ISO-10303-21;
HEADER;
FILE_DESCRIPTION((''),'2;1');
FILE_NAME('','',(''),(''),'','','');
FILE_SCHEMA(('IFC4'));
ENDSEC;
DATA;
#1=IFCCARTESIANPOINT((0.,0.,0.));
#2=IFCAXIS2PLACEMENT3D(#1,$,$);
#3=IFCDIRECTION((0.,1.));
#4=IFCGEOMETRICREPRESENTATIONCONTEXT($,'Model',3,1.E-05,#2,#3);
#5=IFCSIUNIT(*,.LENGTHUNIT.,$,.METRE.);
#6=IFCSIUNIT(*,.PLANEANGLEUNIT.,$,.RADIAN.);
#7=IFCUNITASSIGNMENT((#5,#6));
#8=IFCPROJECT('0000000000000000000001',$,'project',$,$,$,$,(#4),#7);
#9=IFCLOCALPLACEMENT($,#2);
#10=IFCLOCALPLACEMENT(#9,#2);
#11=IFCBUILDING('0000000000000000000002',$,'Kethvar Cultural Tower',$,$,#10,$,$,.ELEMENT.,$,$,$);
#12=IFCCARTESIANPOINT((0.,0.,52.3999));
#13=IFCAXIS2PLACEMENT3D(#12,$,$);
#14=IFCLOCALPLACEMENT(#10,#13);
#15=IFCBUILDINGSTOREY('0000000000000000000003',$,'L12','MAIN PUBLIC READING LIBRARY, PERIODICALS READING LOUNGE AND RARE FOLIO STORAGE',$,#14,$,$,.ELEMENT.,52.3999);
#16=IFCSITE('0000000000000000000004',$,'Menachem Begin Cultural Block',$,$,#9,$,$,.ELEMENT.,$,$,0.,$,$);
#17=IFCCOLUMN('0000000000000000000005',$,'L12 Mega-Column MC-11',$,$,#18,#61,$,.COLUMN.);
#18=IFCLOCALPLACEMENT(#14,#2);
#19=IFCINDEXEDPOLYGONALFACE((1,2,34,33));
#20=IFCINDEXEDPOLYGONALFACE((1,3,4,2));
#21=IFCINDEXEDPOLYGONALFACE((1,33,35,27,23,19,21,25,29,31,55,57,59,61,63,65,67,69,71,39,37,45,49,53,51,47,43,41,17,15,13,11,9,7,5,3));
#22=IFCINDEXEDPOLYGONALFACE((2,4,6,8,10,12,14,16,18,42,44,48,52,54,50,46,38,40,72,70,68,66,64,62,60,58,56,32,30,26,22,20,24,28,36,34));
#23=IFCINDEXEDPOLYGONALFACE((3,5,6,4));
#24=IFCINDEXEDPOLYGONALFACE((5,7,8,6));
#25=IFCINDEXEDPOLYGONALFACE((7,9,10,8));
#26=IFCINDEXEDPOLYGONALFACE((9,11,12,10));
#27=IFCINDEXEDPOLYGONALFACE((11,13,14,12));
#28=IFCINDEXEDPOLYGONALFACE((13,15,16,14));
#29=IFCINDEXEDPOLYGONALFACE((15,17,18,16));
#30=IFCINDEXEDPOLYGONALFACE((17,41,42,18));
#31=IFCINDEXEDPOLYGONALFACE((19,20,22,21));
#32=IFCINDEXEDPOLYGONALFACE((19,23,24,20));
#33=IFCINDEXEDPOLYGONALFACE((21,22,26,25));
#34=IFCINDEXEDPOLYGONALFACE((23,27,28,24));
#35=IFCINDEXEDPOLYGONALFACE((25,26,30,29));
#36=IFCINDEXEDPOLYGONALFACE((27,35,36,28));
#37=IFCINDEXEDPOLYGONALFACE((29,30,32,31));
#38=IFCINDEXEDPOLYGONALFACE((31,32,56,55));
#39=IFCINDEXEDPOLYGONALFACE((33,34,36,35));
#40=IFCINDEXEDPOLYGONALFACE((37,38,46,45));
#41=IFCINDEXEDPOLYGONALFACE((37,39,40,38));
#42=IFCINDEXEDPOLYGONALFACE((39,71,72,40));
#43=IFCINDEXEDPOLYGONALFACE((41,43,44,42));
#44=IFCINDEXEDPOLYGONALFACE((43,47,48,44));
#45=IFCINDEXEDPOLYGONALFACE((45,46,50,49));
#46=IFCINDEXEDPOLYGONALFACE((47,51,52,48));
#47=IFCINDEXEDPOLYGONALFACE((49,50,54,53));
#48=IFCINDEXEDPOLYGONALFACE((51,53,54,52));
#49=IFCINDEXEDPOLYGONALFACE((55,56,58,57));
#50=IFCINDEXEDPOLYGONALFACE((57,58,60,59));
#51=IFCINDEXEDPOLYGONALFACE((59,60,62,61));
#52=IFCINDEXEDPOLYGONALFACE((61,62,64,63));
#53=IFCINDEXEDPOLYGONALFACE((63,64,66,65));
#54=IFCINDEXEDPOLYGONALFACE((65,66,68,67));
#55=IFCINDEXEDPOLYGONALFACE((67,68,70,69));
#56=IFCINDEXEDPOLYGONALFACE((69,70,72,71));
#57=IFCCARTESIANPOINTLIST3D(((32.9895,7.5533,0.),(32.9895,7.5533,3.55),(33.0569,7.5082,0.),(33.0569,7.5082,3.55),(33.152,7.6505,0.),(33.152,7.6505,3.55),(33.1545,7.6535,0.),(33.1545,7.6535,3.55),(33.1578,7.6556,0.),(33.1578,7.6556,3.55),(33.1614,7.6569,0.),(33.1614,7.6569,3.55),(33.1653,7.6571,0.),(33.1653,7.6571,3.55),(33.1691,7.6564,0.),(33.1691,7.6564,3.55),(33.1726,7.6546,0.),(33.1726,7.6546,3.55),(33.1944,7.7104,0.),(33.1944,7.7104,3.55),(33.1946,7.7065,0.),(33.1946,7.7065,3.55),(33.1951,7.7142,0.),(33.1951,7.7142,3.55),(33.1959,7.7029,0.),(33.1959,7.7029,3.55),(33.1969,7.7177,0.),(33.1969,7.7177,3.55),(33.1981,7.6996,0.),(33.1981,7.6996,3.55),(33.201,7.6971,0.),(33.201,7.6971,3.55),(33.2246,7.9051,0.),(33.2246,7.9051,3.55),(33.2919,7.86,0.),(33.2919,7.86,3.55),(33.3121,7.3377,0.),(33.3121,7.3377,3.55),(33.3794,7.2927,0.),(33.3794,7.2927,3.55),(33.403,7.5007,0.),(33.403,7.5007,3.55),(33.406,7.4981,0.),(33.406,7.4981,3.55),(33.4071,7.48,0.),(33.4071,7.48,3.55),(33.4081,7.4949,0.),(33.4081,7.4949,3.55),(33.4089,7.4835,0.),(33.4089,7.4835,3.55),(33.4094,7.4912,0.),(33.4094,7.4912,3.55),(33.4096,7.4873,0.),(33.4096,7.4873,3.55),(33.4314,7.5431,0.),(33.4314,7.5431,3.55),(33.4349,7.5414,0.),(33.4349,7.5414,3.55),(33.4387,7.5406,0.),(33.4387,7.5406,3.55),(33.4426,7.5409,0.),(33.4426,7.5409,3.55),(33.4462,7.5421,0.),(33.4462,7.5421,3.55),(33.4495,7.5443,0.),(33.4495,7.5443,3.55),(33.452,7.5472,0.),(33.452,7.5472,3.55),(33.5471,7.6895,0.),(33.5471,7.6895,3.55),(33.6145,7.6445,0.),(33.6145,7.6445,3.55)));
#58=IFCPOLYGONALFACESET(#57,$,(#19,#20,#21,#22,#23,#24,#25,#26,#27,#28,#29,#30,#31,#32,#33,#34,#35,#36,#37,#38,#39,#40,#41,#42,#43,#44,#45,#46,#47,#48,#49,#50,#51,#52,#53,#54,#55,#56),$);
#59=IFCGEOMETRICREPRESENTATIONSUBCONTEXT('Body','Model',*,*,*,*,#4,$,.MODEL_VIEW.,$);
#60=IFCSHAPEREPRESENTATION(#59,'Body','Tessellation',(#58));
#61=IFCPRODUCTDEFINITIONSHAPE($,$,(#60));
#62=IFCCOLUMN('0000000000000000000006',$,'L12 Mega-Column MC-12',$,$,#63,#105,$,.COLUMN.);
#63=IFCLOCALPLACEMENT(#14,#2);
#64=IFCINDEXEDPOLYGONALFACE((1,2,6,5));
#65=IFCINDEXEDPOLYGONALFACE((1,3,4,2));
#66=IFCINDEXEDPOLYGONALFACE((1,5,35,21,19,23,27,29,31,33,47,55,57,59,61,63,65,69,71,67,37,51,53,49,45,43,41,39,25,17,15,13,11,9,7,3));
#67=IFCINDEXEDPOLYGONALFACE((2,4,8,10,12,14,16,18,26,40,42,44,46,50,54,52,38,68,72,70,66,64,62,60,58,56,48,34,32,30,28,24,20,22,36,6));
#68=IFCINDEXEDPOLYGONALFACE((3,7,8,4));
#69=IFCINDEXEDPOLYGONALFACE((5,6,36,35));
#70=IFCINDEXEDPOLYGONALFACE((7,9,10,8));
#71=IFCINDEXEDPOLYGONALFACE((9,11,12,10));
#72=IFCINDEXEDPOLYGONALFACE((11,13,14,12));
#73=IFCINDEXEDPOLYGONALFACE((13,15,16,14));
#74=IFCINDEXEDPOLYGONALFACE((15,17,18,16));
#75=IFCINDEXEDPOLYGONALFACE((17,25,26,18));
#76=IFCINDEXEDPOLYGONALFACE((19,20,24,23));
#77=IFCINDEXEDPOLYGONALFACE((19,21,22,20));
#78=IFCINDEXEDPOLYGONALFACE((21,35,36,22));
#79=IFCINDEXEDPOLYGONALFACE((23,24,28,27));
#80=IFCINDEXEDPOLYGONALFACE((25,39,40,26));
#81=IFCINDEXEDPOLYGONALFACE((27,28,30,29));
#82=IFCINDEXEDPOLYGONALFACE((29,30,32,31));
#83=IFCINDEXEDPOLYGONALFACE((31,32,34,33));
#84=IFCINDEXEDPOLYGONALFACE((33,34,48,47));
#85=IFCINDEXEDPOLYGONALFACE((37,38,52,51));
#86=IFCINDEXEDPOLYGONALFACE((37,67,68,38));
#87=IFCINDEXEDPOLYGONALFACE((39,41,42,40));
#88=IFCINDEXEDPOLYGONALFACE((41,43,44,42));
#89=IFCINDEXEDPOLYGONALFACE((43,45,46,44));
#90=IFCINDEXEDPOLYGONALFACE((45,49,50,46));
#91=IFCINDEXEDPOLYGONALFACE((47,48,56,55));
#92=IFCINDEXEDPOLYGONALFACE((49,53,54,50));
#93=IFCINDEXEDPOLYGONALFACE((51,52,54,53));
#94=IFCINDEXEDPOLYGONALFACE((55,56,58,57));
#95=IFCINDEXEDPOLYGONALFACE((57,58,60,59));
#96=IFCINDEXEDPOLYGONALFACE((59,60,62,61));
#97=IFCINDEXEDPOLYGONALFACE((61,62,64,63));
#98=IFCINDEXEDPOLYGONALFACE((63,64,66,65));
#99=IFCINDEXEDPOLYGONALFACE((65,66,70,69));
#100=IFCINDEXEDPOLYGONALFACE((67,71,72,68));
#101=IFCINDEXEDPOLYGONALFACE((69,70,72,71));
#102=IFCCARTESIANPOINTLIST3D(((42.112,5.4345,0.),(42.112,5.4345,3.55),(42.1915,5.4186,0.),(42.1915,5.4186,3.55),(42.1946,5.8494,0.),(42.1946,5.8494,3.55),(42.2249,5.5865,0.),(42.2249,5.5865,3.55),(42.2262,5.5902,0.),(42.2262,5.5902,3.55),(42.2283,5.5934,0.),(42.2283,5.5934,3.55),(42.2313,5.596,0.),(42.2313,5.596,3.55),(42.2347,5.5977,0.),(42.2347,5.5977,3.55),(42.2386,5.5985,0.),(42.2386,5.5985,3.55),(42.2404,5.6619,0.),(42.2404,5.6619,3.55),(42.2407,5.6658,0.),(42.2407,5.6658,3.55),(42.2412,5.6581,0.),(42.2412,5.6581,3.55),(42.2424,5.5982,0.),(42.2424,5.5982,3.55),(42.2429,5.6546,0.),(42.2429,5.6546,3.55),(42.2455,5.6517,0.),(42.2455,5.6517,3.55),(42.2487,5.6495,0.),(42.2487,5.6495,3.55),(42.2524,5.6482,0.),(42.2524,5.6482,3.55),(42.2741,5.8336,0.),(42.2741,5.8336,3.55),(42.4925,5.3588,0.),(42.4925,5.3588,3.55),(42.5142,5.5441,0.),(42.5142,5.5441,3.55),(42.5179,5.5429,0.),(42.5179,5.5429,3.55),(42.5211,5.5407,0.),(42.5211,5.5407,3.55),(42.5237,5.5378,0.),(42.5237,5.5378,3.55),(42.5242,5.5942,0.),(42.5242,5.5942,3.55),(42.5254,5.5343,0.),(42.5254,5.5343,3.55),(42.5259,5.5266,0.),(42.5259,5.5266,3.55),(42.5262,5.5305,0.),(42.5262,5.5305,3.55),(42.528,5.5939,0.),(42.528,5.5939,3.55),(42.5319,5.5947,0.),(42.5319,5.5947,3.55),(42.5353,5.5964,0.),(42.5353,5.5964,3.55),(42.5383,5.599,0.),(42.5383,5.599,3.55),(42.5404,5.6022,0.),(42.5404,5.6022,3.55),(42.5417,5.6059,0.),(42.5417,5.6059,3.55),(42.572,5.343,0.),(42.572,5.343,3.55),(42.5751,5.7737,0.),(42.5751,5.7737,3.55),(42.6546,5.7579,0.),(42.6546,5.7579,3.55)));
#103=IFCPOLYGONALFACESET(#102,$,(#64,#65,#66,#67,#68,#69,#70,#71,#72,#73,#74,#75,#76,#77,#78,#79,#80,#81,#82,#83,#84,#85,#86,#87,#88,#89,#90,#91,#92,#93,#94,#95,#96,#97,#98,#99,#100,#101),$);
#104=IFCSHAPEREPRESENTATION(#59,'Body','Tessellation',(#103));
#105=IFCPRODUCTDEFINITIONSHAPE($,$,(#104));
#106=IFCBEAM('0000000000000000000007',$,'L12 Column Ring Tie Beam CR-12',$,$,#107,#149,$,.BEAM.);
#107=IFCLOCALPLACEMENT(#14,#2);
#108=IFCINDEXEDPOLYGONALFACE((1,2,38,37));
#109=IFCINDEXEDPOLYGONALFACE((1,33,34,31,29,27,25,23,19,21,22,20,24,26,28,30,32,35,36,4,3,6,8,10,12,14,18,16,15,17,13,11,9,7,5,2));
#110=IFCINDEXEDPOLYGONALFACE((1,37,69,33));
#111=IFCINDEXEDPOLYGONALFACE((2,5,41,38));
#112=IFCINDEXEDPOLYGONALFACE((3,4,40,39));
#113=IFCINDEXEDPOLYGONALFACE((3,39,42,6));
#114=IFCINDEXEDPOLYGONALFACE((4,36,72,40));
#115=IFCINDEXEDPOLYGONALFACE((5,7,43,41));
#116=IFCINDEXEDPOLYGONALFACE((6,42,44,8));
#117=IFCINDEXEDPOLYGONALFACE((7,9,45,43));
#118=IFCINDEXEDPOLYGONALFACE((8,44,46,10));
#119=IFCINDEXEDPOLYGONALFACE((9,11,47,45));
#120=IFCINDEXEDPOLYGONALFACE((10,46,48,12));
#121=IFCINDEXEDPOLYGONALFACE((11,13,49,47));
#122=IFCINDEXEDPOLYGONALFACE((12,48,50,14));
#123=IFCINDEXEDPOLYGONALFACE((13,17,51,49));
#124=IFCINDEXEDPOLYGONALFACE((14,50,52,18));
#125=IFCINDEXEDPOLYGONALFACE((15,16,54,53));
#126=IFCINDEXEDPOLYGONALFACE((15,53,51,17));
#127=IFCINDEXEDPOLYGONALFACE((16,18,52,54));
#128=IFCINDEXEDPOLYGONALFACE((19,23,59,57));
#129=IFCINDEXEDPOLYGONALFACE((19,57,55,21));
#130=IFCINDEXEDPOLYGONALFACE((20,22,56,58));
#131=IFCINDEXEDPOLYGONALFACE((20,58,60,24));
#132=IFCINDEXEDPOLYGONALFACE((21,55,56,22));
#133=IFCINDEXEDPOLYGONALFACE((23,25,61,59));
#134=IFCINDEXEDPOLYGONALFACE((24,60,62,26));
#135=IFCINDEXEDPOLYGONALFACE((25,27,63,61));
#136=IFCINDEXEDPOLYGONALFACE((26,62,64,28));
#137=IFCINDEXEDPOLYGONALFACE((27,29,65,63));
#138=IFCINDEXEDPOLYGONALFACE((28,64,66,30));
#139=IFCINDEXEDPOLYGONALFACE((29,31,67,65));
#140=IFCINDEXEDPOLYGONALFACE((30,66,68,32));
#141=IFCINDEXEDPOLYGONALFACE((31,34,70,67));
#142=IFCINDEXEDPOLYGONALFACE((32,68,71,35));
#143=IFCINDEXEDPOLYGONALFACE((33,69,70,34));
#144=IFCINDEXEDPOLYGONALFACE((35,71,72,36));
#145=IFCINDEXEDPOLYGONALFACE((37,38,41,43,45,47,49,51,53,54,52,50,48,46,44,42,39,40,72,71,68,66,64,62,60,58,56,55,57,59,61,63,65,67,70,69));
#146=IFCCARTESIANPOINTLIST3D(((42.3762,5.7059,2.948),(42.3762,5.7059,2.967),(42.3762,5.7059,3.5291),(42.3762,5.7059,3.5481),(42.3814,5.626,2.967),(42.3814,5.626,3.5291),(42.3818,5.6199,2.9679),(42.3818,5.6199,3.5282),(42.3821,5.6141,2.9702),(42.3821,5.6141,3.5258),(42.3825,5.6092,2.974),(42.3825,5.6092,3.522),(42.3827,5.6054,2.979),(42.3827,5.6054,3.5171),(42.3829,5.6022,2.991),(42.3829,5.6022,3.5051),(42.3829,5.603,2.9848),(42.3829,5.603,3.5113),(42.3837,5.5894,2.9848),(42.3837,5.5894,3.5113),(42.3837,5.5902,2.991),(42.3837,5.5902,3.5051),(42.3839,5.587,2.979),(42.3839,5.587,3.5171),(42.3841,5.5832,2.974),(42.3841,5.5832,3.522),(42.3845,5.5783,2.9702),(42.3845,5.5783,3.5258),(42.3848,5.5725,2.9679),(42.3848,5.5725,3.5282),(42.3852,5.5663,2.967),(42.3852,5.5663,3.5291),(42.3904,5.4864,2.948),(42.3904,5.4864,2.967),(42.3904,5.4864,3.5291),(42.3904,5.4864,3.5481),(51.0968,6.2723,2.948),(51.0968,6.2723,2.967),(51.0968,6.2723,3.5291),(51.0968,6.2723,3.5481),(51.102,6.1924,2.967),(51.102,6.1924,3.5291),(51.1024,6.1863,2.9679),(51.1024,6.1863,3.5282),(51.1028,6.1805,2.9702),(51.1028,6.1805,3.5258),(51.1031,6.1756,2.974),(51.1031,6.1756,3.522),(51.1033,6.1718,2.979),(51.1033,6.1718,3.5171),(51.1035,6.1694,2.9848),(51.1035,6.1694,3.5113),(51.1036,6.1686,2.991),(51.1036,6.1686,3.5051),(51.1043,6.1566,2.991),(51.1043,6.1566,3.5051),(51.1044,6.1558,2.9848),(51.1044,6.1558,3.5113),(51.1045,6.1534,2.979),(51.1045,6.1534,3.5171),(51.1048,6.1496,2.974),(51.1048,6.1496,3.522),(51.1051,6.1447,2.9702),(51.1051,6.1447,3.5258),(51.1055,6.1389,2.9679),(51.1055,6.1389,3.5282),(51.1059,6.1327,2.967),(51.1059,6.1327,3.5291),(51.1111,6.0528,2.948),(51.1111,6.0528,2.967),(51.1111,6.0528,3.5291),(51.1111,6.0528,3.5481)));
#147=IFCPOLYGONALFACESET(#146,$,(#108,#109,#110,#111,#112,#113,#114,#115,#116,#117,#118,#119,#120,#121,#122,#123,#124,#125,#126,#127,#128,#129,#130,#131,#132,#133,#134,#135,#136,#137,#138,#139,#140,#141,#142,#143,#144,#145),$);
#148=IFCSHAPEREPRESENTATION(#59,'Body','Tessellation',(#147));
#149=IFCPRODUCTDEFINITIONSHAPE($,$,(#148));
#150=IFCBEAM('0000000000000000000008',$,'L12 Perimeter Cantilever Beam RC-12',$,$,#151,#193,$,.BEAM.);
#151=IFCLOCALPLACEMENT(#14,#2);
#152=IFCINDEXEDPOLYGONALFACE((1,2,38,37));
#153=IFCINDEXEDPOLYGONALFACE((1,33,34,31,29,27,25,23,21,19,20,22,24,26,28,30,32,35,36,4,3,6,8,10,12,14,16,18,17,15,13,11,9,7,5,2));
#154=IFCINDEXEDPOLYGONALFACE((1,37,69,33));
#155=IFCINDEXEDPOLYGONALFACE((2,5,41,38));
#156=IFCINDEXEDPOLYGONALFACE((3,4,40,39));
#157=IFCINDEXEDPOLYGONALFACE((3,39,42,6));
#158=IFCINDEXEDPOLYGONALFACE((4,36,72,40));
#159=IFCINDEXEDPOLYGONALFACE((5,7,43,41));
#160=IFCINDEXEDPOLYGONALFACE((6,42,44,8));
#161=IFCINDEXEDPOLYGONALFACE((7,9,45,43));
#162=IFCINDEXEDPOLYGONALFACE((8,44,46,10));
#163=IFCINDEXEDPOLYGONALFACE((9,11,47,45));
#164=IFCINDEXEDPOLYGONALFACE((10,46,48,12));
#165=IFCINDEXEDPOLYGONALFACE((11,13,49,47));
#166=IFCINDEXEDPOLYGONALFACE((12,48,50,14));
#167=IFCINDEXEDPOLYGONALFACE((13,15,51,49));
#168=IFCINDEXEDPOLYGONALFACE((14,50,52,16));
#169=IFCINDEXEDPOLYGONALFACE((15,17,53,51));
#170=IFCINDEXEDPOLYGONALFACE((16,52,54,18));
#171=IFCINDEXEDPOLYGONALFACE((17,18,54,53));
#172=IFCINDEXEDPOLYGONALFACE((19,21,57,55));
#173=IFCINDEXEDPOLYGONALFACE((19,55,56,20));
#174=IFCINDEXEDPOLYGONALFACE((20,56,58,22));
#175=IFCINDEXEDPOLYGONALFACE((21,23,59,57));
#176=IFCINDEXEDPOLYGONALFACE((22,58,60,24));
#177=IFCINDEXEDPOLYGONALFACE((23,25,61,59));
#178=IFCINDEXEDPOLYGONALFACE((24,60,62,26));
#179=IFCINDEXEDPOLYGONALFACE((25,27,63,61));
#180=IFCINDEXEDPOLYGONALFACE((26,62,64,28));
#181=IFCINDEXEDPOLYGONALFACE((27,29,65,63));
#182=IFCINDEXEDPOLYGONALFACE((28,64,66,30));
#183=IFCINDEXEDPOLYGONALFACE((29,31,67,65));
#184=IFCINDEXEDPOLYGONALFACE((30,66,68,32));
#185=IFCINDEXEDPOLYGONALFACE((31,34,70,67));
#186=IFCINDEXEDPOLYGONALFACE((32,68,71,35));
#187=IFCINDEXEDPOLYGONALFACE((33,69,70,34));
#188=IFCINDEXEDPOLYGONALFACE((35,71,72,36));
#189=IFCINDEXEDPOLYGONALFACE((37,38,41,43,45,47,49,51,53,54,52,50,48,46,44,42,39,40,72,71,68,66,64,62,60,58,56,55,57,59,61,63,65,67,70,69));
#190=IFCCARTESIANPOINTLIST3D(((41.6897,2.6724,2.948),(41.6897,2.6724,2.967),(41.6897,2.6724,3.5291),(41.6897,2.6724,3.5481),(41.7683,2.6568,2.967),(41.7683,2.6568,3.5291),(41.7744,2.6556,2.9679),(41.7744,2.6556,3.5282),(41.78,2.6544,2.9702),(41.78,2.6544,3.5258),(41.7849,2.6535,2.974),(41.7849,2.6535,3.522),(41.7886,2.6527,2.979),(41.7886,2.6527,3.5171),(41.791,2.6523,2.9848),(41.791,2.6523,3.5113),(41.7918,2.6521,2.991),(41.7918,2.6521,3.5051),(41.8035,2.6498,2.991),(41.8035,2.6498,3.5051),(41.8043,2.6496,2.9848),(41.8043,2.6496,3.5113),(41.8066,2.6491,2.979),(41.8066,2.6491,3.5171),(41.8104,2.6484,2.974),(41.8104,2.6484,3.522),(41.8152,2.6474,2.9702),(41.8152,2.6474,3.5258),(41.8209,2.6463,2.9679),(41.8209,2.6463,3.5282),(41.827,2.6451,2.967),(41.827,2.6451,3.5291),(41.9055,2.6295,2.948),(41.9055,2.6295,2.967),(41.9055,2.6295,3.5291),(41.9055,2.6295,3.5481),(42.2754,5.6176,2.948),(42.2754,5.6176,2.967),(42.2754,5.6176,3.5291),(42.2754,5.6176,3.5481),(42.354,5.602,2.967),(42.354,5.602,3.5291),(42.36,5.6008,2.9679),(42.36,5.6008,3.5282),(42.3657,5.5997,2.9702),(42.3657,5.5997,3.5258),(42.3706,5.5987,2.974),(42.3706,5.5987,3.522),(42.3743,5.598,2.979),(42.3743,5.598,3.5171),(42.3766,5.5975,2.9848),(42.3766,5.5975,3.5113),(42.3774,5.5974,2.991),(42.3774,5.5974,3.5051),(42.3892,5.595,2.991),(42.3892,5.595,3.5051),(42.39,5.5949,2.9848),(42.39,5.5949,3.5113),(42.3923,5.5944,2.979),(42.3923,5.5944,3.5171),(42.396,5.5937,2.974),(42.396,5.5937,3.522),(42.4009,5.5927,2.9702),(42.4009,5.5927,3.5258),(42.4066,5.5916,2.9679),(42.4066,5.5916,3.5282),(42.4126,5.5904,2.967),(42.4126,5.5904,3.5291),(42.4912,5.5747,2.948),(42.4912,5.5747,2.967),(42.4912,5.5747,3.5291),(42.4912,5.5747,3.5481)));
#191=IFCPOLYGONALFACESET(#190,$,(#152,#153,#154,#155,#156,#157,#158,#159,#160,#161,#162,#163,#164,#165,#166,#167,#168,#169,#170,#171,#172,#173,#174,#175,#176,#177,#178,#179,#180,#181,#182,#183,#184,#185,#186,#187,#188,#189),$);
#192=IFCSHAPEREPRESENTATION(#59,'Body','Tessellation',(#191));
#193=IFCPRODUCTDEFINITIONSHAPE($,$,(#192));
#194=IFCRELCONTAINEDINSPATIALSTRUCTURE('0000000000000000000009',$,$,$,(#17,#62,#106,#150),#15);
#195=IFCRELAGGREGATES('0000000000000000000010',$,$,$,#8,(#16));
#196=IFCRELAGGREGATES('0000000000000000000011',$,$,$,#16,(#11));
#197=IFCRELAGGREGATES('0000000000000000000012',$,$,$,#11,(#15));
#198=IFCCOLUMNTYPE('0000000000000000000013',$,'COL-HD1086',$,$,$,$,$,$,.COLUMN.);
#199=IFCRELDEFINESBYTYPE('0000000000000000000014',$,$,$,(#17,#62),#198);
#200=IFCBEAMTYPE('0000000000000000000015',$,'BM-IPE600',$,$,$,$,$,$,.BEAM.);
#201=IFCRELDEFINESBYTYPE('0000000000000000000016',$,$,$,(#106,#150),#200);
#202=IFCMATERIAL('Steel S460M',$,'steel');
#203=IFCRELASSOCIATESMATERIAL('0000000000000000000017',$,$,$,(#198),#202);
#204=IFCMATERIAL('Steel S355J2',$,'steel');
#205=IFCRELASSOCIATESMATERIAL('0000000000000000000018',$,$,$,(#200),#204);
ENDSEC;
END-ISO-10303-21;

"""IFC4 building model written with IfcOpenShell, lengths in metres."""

from ifc_helpers import new_model, si_unit, direction, frame, origin, origin_2d, place, context, subcontext, project, spatial, i_section, extrude, source, transform, mapped, material, material_profile, profile_set, type_object, element, save


model = new_model("IFC4")

# Units and contexts
model_context = context("Model", 3, precision=1e-05, world=origin(), true_north=direction((0.0, 1.0)))
body_context = subcontext(model_context, "Body", "Model", "MODEL_VIEW")
ifc_project = project(units=[si_unit("LENGTHUNIT", "METRE"), si_unit("PLANEANGLEUNIT", "RADIAN")], contexts=[model_context])

# Site, building, storey
site_placement = place(None, origin())
site = spatial("IfcSite", under=ifc_project, at=site_placement, Name="Menachem Begin Cultural Block", CompositionType="ELEMENT", RefElevation=0.0)
building_placement = place(site_placement, origin())
building = spatial("IfcBuilding", under=site, at=building_placement, Name="Kethvar Cultural Tower", CompositionType="ELEMENT")
storey_placement = place(building_placement, frame((0.0, 0.0, 52.3999)))
storey = spatial("IfcBuildingStorey", under=building, at=storey_placement, Name="L12", Description="MAIN PUBLIC READING LIBRARY, PERIODICALS READING LOUNGE AND RARE FOLIO STORAGE", CompositionType="ELEMENT", Elevation=52.3999)

# Columns
ifc_material_1 = material(Name="Steel S460M", Category="steel")
ifc_material_profile_1 = material_profile(ifc_material_1, i_section(OverallWidth=0.4231, OverallDepth=0.469, WebThickness=0.051, FlangeThickness=0.0811, FilletRadius=0.0149, at=origin_2d()), Name="Steel S460M — HD400x1086")
ifc_profile_set_1 = profile_set([ifc_material_profile_1], Name="Steel S460M — HD400x1086")
column_type = type_object("IfcColumnType", Name="COL-HD1086", PredefinedType="COLUMN", material=ifc_profile_set_1)
shared_shape_1 = source(origin(), body_context, "Body", "SweptSolid", [
    extrude(i_section(OverallWidth=0.4231, OverallDepth=0.469, WebThickness=0.051, FlangeThickness=0.0811, FilletRadius=0.0149, at=origin_2d()), origin(), (0.0, 0.0, 1.0), 3.55),
])
for number, where, z_axis, x_axis, name in (
    (1, (33.302, 7.5989, 0.0), (0.0, 0.0, 1.0), (-0.55557, -0.83147, 0.0), "L12 Mega-Column MC-11"),
    (2, (42.3833, 5.5962, 0.0), (0.0, 0.0, 1.0), (-0.19509, -0.980785, 0.0), "L12 Mega-Column MC-12"),
):
    element("IfcColumn", number, at=place(storey_placement, frame(where, z_axis=z_axis, x_axis=x_axis)), inside=storey, type_object=column_type, Name=name, PredefinedType="COLUMN", context=body_context, shape_type="MappedRepresentation", body=[
        mapped(shared_shape_1, transform((0.0, 0.0, 0.0), scale=1.0)),
    ])

# Beams
ifc_material_2 = material(Name="Steel S355J2", Category="steel")
ifc_material_profile_2 = material_profile(ifc_material_2, i_section(OverallWidth=0.22, OverallDepth=0.6001, WebThickness=0.012, FlangeThickness=0.019, FilletRadius=0.0239, at=origin_2d()), Name="Steel S355J2 — IPE600")
ifc_profile_set_2 = profile_set([ifc_material_profile_2], Name="Steel S355J2 — IPE600")
beam_type_1 = type_object("IfcBeamType", Name="BM-IPE600", PredefinedType="BEAM", material=ifc_profile_set_2)
shared_shape_2 = source(origin(), body_context, "Body", "SweptSolid", [
    extrude(i_section(OverallWidth=0.22, OverallDepth=0.6001, WebThickness=0.012, FlangeThickness=0.019, FilletRadius=0.0239, at=origin_2d()), origin(), (0.0, 0.0, 1.0), 8.739),
])
beam_1_placement = place(storey_placement, frame((42.3833, 5.5962, 3.248), z_axis=(0.997897, 0.064813, 0.0), x_axis=(-0.064813, 0.997897, 0.0)))
element("IfcBeam", 3, at=beam_1_placement, inside=storey, type_object=beam_type_1, Name="L12 Column Ring Tie Beam CR-12", PredefinedType="BEAM", context=body_context, shape_type="MappedRepresentation", body=[
    mapped(shared_shape_2, transform((0.0, 0.0, 0.0), scale=1.0)),
])
shared_shape_3 = source(origin(), body_context, "Body", "SweptSolid", [
    extrude(i_section(OverallWidth=0.22, OverallDepth=0.6001, WebThickness=0.012, FlangeThickness=0.019, FilletRadius=0.0239, at=origin_2d()), origin(), (0.0, 0.0, 1.0), 3.0029),
])
beam_2_placement = place(storey_placement, frame((42.3833, 5.5962, 3.248), z_axis=(-0.195037, -0.980796, 0.0), x_axis=(0.980796, -0.195037, 0.0)))
element("IfcBeam", 4, at=beam_2_placement, inside=storey, type_object=beam_type_1, Name="L12 Perimeter Cantilever Beam RC-12", PredefinedType="BEAM", context=body_context, shape_type="MappedRepresentation", body=[
    mapped(shared_shape_3, transform((0.0, 0.0, 0.0), scale=1.0)),
])

save(model, "model.ifc")
